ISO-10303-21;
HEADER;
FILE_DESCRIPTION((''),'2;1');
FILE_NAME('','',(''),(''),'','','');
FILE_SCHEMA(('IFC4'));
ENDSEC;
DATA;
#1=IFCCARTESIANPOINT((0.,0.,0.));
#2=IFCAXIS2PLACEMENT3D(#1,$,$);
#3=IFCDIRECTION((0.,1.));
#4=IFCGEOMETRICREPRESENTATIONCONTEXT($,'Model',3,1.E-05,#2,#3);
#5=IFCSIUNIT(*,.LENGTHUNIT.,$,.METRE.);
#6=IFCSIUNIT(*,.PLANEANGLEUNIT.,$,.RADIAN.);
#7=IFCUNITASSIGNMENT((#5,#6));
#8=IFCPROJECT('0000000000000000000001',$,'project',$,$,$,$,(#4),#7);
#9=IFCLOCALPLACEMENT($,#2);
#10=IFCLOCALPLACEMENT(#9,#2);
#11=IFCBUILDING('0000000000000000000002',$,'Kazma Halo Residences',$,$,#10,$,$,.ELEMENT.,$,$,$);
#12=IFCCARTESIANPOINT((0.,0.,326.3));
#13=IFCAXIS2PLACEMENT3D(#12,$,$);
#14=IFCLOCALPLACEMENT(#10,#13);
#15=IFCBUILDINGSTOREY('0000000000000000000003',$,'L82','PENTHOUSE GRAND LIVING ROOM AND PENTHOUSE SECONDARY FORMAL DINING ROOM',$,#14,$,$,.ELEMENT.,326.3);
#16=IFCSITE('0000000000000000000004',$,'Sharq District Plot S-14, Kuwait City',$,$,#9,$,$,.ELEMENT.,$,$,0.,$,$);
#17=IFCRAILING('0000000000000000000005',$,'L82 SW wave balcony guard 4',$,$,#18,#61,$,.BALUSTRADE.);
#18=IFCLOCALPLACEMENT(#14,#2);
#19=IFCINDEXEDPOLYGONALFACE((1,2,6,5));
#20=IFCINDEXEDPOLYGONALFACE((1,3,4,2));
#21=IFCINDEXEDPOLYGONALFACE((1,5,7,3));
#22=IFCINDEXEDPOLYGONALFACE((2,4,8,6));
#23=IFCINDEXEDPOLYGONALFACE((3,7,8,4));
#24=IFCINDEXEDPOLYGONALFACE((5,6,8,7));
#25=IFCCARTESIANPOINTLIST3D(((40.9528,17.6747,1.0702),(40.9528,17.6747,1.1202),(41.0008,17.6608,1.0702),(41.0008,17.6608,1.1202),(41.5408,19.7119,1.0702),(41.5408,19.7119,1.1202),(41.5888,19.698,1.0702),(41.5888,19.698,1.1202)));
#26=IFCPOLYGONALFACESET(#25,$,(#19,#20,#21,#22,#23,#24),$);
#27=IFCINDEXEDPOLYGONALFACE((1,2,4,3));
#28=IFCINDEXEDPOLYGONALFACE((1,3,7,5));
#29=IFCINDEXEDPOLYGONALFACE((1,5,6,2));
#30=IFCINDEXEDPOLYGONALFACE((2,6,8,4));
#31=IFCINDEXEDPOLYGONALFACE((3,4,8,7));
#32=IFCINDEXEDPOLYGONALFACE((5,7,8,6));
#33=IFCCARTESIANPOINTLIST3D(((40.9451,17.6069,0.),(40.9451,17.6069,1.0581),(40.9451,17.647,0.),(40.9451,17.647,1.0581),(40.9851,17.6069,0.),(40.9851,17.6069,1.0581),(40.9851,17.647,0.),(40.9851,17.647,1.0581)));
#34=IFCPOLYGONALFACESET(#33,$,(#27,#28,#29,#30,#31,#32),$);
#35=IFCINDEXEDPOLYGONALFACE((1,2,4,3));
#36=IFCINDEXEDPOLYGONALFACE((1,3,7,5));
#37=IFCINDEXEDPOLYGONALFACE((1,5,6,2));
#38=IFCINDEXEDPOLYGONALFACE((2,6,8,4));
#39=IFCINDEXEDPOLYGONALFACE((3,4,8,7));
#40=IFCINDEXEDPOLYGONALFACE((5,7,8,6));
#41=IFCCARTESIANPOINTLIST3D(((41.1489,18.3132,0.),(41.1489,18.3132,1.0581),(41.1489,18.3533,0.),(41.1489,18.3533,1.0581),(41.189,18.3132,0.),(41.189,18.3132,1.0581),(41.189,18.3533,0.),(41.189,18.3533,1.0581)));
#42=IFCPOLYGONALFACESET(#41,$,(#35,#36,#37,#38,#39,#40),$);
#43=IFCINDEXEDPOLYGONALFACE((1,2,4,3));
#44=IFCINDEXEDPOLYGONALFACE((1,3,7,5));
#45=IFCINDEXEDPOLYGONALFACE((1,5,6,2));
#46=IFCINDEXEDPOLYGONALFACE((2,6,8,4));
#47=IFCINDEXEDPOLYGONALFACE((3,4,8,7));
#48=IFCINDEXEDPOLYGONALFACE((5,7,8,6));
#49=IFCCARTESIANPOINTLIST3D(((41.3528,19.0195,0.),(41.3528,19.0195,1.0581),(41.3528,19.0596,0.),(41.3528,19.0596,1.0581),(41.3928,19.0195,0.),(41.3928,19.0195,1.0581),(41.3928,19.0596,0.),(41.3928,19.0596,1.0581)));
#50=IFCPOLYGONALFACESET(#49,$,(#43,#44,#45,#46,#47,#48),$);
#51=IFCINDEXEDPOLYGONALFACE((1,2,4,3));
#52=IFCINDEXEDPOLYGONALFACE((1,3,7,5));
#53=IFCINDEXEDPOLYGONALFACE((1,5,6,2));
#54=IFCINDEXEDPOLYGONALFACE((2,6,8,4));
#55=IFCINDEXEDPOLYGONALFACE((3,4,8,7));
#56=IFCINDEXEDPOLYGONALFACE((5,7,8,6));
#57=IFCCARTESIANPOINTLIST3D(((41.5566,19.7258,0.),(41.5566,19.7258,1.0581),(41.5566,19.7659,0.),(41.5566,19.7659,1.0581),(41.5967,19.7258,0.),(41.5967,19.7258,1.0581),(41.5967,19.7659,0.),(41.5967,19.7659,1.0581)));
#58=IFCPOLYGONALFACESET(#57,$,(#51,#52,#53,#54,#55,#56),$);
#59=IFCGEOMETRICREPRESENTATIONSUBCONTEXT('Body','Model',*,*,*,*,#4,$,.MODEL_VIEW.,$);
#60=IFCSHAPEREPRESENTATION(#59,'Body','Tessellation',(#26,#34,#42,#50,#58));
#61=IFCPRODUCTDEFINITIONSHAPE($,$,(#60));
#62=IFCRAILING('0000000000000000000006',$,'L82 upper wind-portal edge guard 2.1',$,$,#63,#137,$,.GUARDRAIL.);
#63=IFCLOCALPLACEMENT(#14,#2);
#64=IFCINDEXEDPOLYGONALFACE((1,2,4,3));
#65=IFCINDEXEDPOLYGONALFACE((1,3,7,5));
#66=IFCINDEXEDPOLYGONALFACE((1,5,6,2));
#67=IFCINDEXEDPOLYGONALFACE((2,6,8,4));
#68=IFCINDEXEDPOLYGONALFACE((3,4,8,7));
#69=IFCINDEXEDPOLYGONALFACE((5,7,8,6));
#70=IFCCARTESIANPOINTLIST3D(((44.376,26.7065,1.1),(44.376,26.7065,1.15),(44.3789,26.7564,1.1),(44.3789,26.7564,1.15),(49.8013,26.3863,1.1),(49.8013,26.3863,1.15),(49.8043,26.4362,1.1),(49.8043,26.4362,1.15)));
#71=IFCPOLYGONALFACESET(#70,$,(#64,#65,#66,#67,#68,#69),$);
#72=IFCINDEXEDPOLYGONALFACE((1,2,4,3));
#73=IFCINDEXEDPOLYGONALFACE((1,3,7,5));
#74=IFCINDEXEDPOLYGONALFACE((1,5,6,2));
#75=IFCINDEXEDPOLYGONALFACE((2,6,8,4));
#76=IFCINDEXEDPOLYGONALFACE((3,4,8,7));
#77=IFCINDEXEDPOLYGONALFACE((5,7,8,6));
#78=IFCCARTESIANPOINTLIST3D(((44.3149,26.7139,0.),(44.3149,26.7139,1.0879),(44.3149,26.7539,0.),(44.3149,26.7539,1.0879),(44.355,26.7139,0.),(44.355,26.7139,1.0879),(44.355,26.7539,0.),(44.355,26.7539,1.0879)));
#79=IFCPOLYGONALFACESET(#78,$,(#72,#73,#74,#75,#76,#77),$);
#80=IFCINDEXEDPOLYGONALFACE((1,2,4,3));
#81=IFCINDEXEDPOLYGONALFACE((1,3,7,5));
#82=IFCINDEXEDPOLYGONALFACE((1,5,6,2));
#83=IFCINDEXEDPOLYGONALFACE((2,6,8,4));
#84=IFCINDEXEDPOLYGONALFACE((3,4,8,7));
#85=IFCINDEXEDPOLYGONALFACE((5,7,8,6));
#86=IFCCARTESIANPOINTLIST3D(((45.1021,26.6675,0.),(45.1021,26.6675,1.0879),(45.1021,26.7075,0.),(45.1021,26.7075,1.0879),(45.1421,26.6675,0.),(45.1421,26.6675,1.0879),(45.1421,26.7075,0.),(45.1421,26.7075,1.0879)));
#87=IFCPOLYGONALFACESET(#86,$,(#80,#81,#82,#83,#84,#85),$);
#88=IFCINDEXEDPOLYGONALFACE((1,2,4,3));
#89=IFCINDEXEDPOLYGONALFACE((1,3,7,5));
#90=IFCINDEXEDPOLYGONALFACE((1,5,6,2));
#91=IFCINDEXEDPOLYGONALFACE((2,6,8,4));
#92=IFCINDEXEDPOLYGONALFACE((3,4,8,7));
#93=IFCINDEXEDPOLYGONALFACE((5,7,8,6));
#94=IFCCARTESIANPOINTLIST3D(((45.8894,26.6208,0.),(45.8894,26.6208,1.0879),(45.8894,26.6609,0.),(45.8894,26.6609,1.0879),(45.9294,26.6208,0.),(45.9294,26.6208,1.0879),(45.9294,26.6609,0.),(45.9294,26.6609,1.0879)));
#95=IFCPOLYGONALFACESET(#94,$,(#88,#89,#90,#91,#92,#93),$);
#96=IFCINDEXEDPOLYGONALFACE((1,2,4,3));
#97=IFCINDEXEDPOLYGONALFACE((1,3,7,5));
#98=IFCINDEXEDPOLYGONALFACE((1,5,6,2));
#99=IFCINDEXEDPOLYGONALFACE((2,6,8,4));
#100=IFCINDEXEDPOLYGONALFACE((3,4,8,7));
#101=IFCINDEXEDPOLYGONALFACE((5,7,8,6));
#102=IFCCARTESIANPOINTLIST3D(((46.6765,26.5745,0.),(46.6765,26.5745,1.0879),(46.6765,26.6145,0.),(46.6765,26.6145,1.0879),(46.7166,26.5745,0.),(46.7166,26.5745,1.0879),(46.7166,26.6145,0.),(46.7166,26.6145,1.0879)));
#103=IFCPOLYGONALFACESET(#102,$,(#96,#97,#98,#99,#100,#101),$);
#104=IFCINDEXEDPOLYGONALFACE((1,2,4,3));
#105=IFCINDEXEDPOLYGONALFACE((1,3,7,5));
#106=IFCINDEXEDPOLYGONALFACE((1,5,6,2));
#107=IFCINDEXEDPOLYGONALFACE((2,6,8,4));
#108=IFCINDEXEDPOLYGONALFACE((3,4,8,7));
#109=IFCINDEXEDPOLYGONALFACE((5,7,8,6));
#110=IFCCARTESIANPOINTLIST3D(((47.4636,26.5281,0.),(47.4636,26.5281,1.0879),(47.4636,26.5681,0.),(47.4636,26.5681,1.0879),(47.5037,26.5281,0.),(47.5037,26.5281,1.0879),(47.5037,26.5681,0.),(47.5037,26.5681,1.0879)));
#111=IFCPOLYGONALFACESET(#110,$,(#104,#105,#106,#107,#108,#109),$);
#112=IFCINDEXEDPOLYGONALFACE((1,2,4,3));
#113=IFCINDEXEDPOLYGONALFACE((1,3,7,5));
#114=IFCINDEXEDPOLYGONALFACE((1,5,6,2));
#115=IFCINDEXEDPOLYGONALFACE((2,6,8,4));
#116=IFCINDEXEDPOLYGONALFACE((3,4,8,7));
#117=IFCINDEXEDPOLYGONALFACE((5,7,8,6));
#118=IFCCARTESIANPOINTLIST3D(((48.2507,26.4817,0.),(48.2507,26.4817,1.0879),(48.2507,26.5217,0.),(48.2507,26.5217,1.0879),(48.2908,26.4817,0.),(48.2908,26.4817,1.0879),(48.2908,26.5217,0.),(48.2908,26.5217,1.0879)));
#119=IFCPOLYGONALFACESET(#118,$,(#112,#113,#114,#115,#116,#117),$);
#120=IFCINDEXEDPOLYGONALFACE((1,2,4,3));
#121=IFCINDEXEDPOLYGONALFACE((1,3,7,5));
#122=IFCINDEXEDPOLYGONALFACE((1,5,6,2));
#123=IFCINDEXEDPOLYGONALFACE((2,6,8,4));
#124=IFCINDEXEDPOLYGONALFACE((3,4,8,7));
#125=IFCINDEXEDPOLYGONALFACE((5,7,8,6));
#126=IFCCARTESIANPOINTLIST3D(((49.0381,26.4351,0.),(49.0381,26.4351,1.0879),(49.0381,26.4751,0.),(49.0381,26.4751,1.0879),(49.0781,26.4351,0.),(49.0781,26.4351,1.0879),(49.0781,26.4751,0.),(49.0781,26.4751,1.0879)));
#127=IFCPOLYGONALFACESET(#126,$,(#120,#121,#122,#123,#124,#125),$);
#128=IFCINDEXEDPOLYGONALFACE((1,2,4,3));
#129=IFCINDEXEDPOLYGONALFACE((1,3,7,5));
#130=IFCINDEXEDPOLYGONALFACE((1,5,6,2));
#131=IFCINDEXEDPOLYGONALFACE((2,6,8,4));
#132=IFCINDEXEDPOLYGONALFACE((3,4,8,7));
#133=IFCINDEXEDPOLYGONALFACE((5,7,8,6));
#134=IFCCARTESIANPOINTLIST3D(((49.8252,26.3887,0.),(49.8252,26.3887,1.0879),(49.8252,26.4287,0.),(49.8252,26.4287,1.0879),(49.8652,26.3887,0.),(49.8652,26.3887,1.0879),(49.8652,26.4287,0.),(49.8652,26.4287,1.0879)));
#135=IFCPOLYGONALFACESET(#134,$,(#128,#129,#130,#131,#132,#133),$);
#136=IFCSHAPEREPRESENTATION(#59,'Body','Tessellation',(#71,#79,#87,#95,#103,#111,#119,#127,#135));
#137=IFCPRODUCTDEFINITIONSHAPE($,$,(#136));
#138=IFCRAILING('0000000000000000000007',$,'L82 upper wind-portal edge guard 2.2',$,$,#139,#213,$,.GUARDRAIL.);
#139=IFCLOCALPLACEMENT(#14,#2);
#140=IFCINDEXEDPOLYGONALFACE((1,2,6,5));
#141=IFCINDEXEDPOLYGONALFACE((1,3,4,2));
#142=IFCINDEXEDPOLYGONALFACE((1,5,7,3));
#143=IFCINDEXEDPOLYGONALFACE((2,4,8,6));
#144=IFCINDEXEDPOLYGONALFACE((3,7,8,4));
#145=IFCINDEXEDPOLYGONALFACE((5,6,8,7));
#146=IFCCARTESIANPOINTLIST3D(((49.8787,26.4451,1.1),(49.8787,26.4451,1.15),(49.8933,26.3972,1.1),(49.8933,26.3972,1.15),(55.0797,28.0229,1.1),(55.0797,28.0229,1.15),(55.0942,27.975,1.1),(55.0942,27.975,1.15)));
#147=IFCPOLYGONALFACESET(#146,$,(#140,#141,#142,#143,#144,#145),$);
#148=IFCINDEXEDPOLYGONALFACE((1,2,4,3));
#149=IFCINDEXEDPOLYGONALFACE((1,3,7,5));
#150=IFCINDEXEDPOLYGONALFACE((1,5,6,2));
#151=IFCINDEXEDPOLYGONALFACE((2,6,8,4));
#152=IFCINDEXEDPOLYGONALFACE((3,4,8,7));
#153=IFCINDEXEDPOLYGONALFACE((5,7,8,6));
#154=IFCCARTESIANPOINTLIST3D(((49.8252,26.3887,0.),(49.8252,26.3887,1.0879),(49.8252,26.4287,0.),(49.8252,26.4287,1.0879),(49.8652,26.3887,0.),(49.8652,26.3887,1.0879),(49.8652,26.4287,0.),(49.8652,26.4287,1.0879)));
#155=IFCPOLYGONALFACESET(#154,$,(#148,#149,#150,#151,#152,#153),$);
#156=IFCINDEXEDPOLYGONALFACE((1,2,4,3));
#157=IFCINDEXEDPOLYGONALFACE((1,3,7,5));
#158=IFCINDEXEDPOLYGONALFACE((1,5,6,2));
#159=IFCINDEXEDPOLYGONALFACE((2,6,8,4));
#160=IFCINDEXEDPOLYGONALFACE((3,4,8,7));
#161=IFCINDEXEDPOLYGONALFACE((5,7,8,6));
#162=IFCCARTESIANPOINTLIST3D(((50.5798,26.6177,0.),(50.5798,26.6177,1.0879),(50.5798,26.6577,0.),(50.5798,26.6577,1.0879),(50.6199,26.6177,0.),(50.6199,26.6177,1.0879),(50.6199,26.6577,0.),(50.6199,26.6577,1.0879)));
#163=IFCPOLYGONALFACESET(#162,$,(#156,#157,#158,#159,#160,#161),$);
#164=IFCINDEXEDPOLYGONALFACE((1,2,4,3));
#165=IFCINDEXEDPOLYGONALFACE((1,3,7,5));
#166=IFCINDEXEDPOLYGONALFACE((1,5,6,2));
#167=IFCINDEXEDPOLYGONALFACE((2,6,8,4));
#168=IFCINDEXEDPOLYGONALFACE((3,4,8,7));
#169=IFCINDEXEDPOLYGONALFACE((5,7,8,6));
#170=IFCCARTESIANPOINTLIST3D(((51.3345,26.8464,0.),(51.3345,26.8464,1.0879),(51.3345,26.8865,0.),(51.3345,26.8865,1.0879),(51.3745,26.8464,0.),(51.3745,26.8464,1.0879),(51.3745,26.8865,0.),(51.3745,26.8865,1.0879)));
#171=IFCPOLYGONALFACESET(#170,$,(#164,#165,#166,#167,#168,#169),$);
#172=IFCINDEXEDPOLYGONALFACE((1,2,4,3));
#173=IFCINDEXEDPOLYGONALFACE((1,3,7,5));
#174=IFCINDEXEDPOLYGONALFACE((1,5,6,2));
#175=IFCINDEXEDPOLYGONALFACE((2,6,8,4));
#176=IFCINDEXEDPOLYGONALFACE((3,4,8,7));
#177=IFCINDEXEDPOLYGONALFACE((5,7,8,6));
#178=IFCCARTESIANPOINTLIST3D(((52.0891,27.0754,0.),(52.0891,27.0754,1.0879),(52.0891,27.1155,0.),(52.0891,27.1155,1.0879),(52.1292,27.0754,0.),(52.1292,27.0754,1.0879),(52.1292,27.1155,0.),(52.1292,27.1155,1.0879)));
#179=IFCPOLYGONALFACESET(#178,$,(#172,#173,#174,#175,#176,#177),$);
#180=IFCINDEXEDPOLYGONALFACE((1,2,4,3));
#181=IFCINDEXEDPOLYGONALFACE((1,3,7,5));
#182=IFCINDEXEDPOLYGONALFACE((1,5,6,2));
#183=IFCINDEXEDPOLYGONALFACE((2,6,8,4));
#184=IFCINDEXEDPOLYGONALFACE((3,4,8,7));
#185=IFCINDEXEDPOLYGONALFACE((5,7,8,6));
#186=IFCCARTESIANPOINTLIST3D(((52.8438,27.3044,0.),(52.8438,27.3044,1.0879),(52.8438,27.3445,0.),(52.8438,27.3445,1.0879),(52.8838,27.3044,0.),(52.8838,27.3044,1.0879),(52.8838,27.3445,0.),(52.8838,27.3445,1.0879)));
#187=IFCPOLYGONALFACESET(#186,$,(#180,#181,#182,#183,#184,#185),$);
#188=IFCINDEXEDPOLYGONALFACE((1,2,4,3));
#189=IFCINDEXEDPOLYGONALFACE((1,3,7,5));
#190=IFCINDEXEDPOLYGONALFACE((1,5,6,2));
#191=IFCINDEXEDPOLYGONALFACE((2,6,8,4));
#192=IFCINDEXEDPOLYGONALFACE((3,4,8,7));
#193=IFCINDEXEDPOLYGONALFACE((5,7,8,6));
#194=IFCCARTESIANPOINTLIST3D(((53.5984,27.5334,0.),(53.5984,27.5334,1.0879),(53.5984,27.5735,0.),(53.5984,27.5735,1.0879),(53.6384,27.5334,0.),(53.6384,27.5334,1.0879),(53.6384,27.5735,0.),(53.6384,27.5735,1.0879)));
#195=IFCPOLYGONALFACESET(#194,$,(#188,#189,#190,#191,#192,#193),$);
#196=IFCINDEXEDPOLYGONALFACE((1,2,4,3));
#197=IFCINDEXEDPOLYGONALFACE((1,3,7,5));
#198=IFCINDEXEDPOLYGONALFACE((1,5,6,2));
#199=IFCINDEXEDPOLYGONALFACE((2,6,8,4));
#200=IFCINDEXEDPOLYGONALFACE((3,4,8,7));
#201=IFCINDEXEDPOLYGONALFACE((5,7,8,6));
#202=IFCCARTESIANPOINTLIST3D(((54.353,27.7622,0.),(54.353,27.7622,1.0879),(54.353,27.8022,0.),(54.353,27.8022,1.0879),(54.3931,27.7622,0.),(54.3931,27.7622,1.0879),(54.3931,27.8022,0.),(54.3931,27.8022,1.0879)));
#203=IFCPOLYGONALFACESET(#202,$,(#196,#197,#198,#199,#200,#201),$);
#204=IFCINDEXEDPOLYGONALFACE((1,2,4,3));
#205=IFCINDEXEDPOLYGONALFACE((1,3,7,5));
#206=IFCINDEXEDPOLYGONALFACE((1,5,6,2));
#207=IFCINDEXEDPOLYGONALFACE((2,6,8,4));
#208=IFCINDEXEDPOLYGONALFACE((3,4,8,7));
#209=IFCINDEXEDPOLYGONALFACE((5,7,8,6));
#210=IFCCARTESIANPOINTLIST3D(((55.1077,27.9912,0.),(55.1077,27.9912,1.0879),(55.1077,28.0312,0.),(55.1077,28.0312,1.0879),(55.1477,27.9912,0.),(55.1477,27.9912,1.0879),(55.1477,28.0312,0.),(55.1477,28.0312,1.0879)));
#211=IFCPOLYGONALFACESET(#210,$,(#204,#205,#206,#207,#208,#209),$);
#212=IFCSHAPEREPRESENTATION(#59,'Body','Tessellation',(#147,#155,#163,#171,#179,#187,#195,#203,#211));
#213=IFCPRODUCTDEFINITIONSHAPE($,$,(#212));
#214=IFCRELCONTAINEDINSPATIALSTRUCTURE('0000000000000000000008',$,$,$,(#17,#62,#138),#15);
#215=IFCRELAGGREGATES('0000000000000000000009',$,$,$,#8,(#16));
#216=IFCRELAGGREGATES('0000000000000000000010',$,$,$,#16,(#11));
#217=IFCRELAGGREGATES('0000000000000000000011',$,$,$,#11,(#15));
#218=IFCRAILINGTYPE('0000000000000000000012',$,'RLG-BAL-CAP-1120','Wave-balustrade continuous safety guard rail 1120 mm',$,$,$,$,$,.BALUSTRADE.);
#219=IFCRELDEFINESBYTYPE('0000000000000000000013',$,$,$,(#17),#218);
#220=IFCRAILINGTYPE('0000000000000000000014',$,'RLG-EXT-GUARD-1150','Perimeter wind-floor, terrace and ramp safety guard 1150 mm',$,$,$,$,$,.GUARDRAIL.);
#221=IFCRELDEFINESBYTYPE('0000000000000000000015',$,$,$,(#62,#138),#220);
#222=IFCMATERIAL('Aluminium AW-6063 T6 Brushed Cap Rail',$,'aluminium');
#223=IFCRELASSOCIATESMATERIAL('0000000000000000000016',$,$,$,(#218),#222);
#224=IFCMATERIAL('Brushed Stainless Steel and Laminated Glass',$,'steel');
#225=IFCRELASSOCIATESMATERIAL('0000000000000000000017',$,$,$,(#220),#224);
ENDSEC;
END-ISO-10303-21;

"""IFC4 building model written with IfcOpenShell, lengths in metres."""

from ifc_helpers import new_model, si_unit, direction, frame, origin, origin_2d, place, context, subcontext, project, spatial, rectangle, extrude, material, type_object, element, save


model = new_model("IFC4")

# Units and contexts
model_context = context("Model", 3, precision=1e-05, world=origin(), true_north=direction((0.0, 1.0)))
body_context = subcontext(model_context, "Body", "Model", "MODEL_VIEW")
ifc_project = project(units=[si_unit("LENGTHUNIT", "METRE"), si_unit("PLANEANGLEUNIT", "RADIAN")], contexts=[model_context])

# Site, building, storey
site_placement = place(None, origin())
site = spatial("IfcSite", under=ifc_project, at=site_placement, Name="Sharq District Plot S-14, Kuwait City", CompositionType="ELEMENT", RefElevation=0.0)
building_placement = place(site_placement, origin())
building = spatial("IfcBuilding", under=site, at=building_placement, Name="Kazma Halo Residences", CompositionType="ELEMENT")
storey_placement = place(building_placement, frame((0.0, 0.0, 326.3)))
storey = spatial("IfcBuildingStorey", under=building, at=storey_placement, Name="L82", Description="PENTHOUSE GRAND LIVING ROOM AND PENTHOUSE SECONDARY FORMAL DINING ROOM", CompositionType="ELEMENT", Elevation=326.3)

# Railings
ifc_material_1 = material(Name="Aluminium AW-6063 T6 Brushed Cap Rail", Category="aluminium")
railing_type_1 = type_object("IfcRailingType", Name="RLG-BAL-CAP-1120", Description="Wave-balustrade continuous safety guard rail 1120 mm", PredefinedType="BALUSTRADE", material=ifc_material_1)
railing_1_placement = place(storey_placement, frame((40.9651, 17.627, 0.0)))
element("IfcRailing", 1, at=railing_1_placement, inside=storey, type_object=railing_type_1, Name="L82 SW wave balcony guard 4", PredefinedType="BALUSTRADE", context=body_context, shape_type="SweptSolid", body=[
    extrude(rectangle(XDim=0.05, YDim=0.05, at=origin_2d()), frame((0.0117, 0.0408, 1.0952), z_axis=(0.277308, 0.960781, 0.0), x_axis=(-0.960781, 0.277308, 0.0)), (0.0, 0.0, 1.0), 2.1204),
    extrude(rectangle(XDim=0.04, YDim=0.04, at=origin_2d()), origin(), (0.0, 0.0, 1.0), 1.0581),
    extrude(rectangle(XDim=0.04, YDim=0.04, at=origin_2d()), frame((0.2039, 0.7063, 0.0)), (0.0, 0.0, 1.0), 1.0581),
    extrude(rectangle(XDim=0.04, YDim=0.04, at=origin_2d()), frame((0.4077, 1.4126, 0.0)), (0.0, 0.0, 1.0), 1.0581),
    extrude(rectangle(XDim=0.04, YDim=0.04, at=origin_2d()), frame((0.6116, 2.1189, 0.0)), (0.0, 0.0, 1.0), 1.0581),
])
ifc_material_2 = material(Name="Brushed Stainless Steel and Laminated Glass", Category="steel")
railing_type_2 = type_object("IfcRailingType", Name="RLG-EXT-GUARD-1150", Description="Perimeter wind-floor, terrace and ramp safety guard 1150 mm", PredefinedType="GUARDRAIL", material=ifc_material_2)
railing_2_placement = place(storey_placement, frame((44.335, 26.7339, 0.0)))
element("IfcRailing", 2, at=railing_2_placement, inside=storey, type_object=railing_type_2, Name="L82 upper wind-portal edge guard 2.1", PredefinedType="GUARDRAIL", context=body_context, shape_type="SweptSolid", body=[
    extrude(rectangle(XDim=0.05, YDim=0.05, at=origin_2d()), frame((0.0425, -0.0024, 1.125), z_axis=(0.998263, -0.058914, 0.0), x_axis=(0.058914, 0.998263, 0.0)), (0.0, 0.0, 1.0), 5.4348),
    extrude(rectangle(XDim=0.04, YDim=0.04, at=origin_2d()), origin(), (0.0, 0.0, 1.0), 1.0879),
    extrude(rectangle(XDim=0.04, YDim=0.04, at=origin_2d()), frame((0.7871, -0.0464, 0.0)), (0.0, 0.0, 1.0), 1.0879),
    extrude(rectangle(XDim=0.04, YDim=0.04, at=origin_2d()), frame((1.5745, -0.093, 0.0)), (0.0, 0.0, 1.0), 1.0879),
    extrude(rectangle(XDim=0.04, YDim=0.04, at=origin_2d()), frame((2.3616, -0.1394, 0.0)), (0.0, 0.0, 1.0), 1.0879),
    extrude(rectangle(XDim=0.04, YDim=0.04, at=origin_2d()), frame((3.1487, -0.1858, 0.0)), (0.0, 0.0, 1.0), 1.0879),
    extrude(rectangle(XDim=0.04, YDim=0.04, at=origin_2d()), frame((3.9358, -0.2322, 0.0)), (0.0, 0.0, 1.0), 1.0879),
    extrude(rectangle(XDim=0.04, YDim=0.04, at=origin_2d()), frame((4.7231, -0.2788, 0.0)), (0.0, 0.0, 1.0), 1.0879),
    extrude(rectangle(XDim=0.04, YDim=0.04, at=origin_2d()), frame((5.5103, -0.3252, 0.0)), (0.0, 0.0, 1.0), 1.0879),
])
railing_3_placement = place(storey_placement, frame((49.8452, 26.4087, 0.0)))
element("IfcRailing", 3, at=railing_3_placement, inside=storey, type_object=railing_type_2, Name="L82 upper wind-portal edge guard 2.2", PredefinedType="GUARDRAIL", context=body_context, shape_type="SweptSolid", body=[
    extrude(rectangle(XDim=0.05, YDim=0.05, at=origin_2d()), frame((0.0408, 0.0125, 1.125), z_axis=(0.956934, 0.290304, 0.0), x_axis=(-0.290304, 0.956934, 0.0)), (0.0, 0.0, 1.0), 5.4351),
    extrude(rectangle(XDim=0.04, YDim=0.04, at=origin_2d()), origin(), (0.0, 0.0, 1.0), 1.0879),
    extrude(rectangle(XDim=0.04, YDim=0.04, at=origin_2d()), frame((0.7546, 0.229, 0.0)), (0.0, 0.0, 1.0), 1.0879),
    extrude(rectangle(XDim=0.04, YDim=0.04, at=origin_2d()), frame((1.5093, 0.4578, 0.0)), (0.0, 0.0, 1.0), 1.0879),
    extrude(rectangle(XDim=0.04, YDim=0.04, at=origin_2d()), frame((2.2639, 0.6868, 0.0)), (0.0, 0.0, 1.0), 1.0879),
    extrude(rectangle(XDim=0.04, YDim=0.04, at=origin_2d()), frame((3.0186, 0.9158, 0.0)), (0.0, 0.0, 1.0), 1.0879),
    extrude(rectangle(XDim=0.04, YDim=0.04, at=origin_2d()), frame((3.7732, 1.1448, 0.0)), (0.0, 0.0, 1.0), 1.0879),
    extrude(rectangle(XDim=0.04, YDim=0.04, at=origin_2d()), frame((4.5278, 1.3735, 0.0)), (0.0, 0.0, 1.0), 1.0879),
    extrude(rectangle(XDim=0.04, YDim=0.04, at=origin_2d()), frame((5.2825, 1.6025, 0.0)), (0.0, 0.0, 1.0), 1.0879),
])

save(model, "model.ifc")
